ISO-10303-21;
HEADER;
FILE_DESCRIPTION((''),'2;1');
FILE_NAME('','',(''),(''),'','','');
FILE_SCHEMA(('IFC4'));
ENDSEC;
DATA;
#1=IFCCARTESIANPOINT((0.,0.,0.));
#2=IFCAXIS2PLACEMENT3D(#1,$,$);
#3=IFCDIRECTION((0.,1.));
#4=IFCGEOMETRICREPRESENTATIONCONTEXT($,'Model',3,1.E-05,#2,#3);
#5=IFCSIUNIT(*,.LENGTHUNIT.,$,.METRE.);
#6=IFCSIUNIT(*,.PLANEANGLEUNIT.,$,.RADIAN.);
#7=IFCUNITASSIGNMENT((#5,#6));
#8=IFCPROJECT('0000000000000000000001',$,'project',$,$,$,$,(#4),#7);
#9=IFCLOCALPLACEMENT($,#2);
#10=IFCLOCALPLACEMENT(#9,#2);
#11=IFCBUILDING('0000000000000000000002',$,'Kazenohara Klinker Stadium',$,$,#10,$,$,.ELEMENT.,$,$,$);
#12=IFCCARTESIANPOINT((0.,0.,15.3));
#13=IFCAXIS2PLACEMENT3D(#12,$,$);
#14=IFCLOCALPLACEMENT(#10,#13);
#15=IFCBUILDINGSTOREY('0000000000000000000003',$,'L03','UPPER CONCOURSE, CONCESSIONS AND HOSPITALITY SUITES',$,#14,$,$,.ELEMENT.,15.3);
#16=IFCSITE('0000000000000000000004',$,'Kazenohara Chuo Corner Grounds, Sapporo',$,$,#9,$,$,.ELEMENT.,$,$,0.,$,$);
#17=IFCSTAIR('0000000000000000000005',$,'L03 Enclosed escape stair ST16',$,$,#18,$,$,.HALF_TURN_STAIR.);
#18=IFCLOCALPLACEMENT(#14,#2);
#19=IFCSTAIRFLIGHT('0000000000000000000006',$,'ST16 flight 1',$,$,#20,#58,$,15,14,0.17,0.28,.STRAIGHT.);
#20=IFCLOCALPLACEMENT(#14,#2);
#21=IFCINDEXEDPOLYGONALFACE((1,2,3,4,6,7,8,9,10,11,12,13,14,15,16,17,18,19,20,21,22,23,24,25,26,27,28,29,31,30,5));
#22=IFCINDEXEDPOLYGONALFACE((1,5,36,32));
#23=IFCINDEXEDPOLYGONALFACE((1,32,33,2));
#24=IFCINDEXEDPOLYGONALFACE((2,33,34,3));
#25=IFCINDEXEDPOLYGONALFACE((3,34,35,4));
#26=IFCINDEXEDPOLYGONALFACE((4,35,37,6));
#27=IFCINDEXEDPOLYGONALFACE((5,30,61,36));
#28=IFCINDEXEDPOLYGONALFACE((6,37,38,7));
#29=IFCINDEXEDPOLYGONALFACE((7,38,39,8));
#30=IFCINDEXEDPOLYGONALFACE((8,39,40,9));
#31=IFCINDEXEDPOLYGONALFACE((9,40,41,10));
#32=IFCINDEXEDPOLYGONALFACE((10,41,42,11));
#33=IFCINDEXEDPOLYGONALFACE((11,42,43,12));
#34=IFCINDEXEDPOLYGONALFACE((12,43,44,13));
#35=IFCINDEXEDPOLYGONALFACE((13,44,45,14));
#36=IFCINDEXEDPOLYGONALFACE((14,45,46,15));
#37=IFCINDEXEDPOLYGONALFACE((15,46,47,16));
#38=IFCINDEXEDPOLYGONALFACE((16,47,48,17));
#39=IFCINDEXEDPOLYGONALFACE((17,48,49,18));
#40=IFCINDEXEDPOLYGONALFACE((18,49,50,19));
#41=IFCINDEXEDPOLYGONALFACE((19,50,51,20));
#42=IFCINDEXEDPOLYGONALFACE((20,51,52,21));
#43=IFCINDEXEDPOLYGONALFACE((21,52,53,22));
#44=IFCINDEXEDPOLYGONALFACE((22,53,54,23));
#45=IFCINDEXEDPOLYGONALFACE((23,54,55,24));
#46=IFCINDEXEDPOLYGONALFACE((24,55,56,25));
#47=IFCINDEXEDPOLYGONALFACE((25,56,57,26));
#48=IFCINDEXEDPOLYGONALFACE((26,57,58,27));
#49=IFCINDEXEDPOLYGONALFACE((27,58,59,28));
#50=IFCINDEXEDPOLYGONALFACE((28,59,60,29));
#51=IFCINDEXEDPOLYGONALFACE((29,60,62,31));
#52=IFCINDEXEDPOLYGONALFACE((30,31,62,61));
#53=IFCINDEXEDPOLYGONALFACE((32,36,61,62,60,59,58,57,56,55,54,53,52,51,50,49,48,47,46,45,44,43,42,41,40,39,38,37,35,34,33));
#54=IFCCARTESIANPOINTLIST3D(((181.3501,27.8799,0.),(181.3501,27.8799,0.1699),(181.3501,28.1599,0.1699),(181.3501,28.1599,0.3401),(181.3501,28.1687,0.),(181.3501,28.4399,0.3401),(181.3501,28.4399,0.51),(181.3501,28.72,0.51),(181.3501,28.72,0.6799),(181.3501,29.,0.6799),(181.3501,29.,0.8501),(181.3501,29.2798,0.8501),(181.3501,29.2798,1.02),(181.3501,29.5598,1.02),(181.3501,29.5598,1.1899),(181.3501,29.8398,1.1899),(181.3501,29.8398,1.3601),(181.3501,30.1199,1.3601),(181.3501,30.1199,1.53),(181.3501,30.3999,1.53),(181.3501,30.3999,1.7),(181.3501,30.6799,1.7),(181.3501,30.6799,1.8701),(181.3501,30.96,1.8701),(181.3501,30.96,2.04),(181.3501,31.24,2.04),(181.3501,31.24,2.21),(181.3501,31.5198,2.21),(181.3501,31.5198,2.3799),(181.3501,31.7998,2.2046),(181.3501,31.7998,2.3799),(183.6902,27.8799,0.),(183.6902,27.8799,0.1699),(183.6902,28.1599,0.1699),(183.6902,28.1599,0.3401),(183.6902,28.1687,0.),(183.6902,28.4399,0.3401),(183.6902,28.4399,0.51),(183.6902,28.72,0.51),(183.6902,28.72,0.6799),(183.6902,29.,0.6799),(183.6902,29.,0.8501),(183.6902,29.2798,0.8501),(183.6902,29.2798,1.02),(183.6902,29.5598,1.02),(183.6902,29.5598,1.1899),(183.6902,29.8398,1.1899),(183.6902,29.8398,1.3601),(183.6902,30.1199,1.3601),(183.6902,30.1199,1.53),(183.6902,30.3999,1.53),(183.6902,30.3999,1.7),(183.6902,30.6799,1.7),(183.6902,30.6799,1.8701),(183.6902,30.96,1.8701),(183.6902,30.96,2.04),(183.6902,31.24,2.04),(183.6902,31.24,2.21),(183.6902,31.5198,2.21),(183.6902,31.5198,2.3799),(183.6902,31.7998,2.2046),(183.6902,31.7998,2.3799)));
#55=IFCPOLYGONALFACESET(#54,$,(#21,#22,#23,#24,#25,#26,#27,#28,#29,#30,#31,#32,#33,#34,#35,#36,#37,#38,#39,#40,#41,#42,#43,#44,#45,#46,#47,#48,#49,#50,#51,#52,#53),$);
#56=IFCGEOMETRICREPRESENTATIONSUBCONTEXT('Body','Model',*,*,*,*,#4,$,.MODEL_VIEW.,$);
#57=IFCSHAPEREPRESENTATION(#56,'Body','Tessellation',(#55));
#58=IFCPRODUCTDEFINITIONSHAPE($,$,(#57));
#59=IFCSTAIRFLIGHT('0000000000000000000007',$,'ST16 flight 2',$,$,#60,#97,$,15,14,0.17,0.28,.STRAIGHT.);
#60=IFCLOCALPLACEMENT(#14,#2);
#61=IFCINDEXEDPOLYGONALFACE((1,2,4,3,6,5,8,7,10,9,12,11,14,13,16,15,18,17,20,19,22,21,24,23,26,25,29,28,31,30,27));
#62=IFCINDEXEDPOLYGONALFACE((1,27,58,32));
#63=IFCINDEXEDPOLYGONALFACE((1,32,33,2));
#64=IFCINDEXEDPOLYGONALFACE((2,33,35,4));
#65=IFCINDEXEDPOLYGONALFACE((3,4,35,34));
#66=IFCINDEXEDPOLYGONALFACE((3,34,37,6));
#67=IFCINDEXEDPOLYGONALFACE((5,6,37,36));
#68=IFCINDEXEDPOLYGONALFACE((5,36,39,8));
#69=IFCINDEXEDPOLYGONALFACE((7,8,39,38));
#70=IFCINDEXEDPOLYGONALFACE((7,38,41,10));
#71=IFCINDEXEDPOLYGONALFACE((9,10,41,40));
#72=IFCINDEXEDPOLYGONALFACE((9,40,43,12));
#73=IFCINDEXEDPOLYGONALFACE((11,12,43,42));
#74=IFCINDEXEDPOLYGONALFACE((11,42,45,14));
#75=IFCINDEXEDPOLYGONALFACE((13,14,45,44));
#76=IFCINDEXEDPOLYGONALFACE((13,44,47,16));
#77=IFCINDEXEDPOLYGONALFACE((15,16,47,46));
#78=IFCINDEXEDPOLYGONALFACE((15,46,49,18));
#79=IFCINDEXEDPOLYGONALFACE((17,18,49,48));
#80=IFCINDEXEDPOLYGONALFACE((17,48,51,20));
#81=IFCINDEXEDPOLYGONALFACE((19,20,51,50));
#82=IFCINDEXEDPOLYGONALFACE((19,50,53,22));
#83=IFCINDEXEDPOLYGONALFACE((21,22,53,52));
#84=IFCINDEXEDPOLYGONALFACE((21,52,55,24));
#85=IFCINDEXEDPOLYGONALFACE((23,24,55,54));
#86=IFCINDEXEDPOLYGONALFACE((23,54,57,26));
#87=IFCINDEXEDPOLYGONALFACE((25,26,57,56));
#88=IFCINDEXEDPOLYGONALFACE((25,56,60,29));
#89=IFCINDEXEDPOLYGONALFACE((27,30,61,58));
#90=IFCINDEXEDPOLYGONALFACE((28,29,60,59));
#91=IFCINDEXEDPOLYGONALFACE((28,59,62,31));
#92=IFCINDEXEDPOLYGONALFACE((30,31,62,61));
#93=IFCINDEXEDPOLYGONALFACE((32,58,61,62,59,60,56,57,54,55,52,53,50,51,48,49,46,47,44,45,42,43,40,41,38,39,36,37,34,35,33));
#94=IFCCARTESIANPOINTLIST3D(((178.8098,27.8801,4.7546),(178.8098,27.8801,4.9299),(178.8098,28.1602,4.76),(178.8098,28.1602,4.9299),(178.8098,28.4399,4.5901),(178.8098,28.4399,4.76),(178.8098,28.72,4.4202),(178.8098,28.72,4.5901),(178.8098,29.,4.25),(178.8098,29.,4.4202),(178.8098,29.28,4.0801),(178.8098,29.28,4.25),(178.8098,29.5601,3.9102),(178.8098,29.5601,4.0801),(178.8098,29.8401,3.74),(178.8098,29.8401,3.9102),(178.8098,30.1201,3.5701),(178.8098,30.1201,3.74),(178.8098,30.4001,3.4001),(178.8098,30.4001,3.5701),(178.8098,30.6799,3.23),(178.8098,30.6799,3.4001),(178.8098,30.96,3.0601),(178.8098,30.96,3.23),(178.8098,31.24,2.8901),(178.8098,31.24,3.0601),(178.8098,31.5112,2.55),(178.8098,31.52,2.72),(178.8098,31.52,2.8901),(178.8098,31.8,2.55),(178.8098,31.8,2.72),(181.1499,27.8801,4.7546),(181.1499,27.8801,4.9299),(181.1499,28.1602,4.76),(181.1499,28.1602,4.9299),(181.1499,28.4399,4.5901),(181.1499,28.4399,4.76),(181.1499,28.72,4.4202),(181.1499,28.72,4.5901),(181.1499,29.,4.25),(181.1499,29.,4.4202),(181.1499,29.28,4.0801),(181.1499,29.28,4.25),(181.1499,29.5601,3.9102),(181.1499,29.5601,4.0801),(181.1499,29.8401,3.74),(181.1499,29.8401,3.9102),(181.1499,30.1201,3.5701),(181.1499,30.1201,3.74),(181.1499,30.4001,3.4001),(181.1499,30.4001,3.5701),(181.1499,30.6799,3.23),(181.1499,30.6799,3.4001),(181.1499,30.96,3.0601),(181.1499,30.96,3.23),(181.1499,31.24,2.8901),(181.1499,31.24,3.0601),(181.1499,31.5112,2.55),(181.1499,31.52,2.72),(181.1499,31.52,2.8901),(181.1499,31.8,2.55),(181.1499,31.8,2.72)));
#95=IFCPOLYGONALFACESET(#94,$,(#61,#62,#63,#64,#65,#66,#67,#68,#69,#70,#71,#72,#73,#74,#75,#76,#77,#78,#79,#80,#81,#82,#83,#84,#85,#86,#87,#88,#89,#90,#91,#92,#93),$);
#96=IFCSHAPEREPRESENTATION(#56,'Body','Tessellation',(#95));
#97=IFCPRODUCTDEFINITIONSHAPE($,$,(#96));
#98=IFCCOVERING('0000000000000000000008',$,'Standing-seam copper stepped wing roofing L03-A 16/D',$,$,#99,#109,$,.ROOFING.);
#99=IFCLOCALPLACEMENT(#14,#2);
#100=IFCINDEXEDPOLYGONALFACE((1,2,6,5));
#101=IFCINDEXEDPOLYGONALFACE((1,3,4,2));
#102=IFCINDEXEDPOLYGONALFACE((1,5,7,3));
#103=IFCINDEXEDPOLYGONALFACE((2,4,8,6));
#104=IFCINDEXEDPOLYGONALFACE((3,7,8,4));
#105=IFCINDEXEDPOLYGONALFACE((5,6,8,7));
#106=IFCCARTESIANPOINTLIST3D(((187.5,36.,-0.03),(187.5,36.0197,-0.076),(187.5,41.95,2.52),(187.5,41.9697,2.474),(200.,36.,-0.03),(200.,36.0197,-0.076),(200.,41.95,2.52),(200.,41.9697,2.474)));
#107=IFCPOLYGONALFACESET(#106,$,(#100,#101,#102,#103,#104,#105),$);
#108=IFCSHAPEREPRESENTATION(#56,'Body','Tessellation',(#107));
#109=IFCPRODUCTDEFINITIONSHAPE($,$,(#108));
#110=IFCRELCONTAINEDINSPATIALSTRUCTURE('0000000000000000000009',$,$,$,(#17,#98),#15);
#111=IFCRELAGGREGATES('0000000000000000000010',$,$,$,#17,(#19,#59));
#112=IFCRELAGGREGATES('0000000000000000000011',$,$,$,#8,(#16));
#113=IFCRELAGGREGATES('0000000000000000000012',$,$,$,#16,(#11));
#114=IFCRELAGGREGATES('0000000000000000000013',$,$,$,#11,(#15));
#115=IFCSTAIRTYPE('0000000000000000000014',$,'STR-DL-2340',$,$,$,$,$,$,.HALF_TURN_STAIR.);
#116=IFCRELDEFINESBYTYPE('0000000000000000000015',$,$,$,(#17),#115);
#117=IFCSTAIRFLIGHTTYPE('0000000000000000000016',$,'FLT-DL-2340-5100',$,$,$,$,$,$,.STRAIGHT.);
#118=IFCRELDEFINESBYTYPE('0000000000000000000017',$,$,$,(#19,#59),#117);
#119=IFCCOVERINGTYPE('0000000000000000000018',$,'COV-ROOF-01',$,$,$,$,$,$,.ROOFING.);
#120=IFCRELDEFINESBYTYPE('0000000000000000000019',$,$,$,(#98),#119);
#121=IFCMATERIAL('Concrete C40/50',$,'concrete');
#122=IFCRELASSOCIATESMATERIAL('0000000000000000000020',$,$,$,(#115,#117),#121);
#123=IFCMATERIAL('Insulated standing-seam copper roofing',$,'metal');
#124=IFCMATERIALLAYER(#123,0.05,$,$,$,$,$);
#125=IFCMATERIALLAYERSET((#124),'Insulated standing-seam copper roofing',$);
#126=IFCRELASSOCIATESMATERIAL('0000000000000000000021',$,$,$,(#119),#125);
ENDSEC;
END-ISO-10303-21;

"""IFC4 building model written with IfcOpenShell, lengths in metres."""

from ifc_helpers import new_model, si_unit, direction, frame, origin, place, context, subcontext, project, spatial, polyline, outline, extrude, material, layer, layer_set, type_object, element, aggregate, save


model = new_model("IFC4")

# Units and contexts
model_context = context("Model", 3, precision=1e-05, world=origin(), true_north=direction((0.0, 1.0)))
body_context = subcontext(model_context, "Body", "Model", "MODEL_VIEW")
ifc_project = project(units=[si_unit("LENGTHUNIT", "METRE"), si_unit("PLANEANGLEUNIT", "RADIAN")], contexts=[model_context])

# Site, building, storey
site_placement = place(None, origin())
site = spatial("IfcSite", under=ifc_project, at=site_placement, Name="Kazenohara Chuo Corner Grounds, Sapporo", CompositionType="ELEMENT", RefElevation=0.0)
building_placement = place(site_placement, origin())
building = spatial("IfcBuilding", under=site, at=building_placement, Name="Kazenohara Klinker Stadium", CompositionType="ELEMENT")
storey_placement = place(building_placement, frame((0.0, 0.0, 15.3)))
storey = spatial("IfcBuildingStorey", under=building, at=storey_placement, Name="L03", Description="UPPER CONCOURSE, CONCESSIONS AND HOSPITALITY SUITES", CompositionType="ELEMENT", Elevation=15.3)

# Shared definitions
ifc_material_1 = material(Name="Concrete C40/50", Category="concrete")

# Stair, stair flights
stair_type = type_object("IfcStairType", Name="STR-DL-2340", PredefinedType="HALF_TURN_STAIR", material=ifc_material_1)
stair_placement = place(storey_placement, origin())
stair = element("IfcStair", 1, at=stair_placement, inside=storey, type_object=stair_type, Name="L03 Enclosed escape stair ST16", PredefinedType="HALF_TURN_STAIR")
stair_flight_type = type_object("IfcStairFlightType", Name="FLT-DL-2340-5100", PredefinedType="STRAIGHT", material=ifc_material_1)
stair_flight_1_placement = place(storey_placement, frame((182.52, 27.8799, 0.0), z_axis=(0.0, 0.0, 1.0), x_axis=(0.0, 1.0, 0.0)))
stair_flight_1 = element("IfcStairFlight", 2, at=stair_flight_1_placement, type_object=stair_flight_type, Name="ST16 flight 1", NumberOfRisers=15, NumberOfTreads=14, PredefinedType="STRAIGHT", RiserHeight=0.17, TreadLength=0.28, context=body_context, shape_type="SweptSolid", body=[
    extrude(outline(polyline([(0.0, 0.0), (0.0, 0.1699), (0.28, 0.1699), (0.28, 0.3401), (0.5601, 0.3401), (0.5601, 0.51), (0.8401, 0.51), (0.8401, 0.6799), (1.1201, 0.6799), (1.1201, 0.8501), (1.3999, 0.8501), (1.3999, 1.02), (1.6799, 1.02), (1.6799, 1.1899), (1.96, 1.1899), (1.96, 1.3601), (2.24, 1.3601), (2.24, 1.53), (2.52, 1.53), (2.52, 1.7), (2.8, 1.7), (2.8, 1.8701), (3.0801, 1.8701), (3.0801, 2.04), (3.3601, 2.04), (3.3601, 2.21), (3.6399, 2.21), (3.6399, 2.3799), (3.9199, 2.3799), (3.9199, 2.55), (3.9199, 2.2046), (0.2888, 0.0), (0.0, 0.0)])), frame((0.0, 1.1699, 0.0), z_axis=(0.0, -1.0, 0.0), x_axis=(1.0, 0.0, 0.0)), (0.0, 0.0, 1.0), 2.3401),
])
stair_flight_2_placement = place(storey_placement, frame((179.98, 31.8, 2.55), z_axis=(0.0, 0.0, 1.0), x_axis=(0.0, -1.0, 0.0)))
stair_flight_2 = element("IfcStairFlight", 3, at=stair_flight_2_placement, type_object=stair_flight_type, Name="ST16 flight 2", NumberOfRisers=15, NumberOfTreads=14, PredefinedType="STRAIGHT", RiserHeight=0.17, TreadLength=0.28, context=body_context, shape_type="SweptSolid", body=[
    extrude(outline(polyline([(0.0, 0.0), (0.0, 0.1699), (0.28, 0.1699), (0.28, 0.3401), (0.5601, 0.3401), (0.5601, 0.51), (0.8401, 0.51), (0.8401, 0.6799), (1.1201, 0.6799), (1.1201, 0.8501), (1.3999, 0.8501), (1.3999, 1.02), (1.6799, 1.02), (1.6799, 1.1899), (1.96, 1.1899), (1.96, 1.3601), (2.24, 1.3601), (2.24, 1.53), (2.52, 1.53), (2.52, 1.7), (2.8, 1.7), (2.8, 1.8701), (3.0801, 1.8701), (3.0801, 2.04), (3.3601, 2.04), (3.3601, 2.21), (3.6399, 2.21), (3.6399, 2.3799), (3.9199, 2.3799), (3.9199, 2.55), (3.9199, 2.2046), (0.2888, 0.0), (0.0, 0.0)])), frame((0.0, 1.1699, 0.0), z_axis=(0.0, -1.0, 0.0), x_axis=(1.0, 0.0, 0.0)), (0.0, 0.0, 1.0), 2.3401),
])
aggregate(stair, [stair_flight_1, stair_flight_2])

# Covering
ifc_material_2 = material(Name="Insulated standing-seam copper roofing", Category="metal")
ifc_layer_1 = layer(ifc_material_2, 0.05)
ifc_layer_set_1 = layer_set([ifc_layer_1], Name="Insulated standing-seam copper roofing")
covering_type = type_object("IfcCoveringType", Name="COV-ROOF-01", PredefinedType="ROOFING", material=ifc_layer_set_1)
covering_placement = place(storey_placement, frame((187.5, 36.0, -0.03), z_axis=(0.0, -0.393928, 0.919141), x_axis=(1.0, 0.0, 0.0)))
element("IfcCovering", 4, at=covering_placement, inside=storey, type_object=covering_type, Name="Standing-seam copper stepped wing roofing L03-A 16/D", PredefinedType="ROOFING", context=body_context, shape_type="SweptSolid", body=[
    extrude(outline(polyline([(0.0, 0.0), (12.5, 0.0), (12.5, 6.4734), (0.0, 6.4734), (0.0, 0.0)])), origin(), (0.0, 0.0, -1.0), 0.05),
])

save(model, "model.ifc")
